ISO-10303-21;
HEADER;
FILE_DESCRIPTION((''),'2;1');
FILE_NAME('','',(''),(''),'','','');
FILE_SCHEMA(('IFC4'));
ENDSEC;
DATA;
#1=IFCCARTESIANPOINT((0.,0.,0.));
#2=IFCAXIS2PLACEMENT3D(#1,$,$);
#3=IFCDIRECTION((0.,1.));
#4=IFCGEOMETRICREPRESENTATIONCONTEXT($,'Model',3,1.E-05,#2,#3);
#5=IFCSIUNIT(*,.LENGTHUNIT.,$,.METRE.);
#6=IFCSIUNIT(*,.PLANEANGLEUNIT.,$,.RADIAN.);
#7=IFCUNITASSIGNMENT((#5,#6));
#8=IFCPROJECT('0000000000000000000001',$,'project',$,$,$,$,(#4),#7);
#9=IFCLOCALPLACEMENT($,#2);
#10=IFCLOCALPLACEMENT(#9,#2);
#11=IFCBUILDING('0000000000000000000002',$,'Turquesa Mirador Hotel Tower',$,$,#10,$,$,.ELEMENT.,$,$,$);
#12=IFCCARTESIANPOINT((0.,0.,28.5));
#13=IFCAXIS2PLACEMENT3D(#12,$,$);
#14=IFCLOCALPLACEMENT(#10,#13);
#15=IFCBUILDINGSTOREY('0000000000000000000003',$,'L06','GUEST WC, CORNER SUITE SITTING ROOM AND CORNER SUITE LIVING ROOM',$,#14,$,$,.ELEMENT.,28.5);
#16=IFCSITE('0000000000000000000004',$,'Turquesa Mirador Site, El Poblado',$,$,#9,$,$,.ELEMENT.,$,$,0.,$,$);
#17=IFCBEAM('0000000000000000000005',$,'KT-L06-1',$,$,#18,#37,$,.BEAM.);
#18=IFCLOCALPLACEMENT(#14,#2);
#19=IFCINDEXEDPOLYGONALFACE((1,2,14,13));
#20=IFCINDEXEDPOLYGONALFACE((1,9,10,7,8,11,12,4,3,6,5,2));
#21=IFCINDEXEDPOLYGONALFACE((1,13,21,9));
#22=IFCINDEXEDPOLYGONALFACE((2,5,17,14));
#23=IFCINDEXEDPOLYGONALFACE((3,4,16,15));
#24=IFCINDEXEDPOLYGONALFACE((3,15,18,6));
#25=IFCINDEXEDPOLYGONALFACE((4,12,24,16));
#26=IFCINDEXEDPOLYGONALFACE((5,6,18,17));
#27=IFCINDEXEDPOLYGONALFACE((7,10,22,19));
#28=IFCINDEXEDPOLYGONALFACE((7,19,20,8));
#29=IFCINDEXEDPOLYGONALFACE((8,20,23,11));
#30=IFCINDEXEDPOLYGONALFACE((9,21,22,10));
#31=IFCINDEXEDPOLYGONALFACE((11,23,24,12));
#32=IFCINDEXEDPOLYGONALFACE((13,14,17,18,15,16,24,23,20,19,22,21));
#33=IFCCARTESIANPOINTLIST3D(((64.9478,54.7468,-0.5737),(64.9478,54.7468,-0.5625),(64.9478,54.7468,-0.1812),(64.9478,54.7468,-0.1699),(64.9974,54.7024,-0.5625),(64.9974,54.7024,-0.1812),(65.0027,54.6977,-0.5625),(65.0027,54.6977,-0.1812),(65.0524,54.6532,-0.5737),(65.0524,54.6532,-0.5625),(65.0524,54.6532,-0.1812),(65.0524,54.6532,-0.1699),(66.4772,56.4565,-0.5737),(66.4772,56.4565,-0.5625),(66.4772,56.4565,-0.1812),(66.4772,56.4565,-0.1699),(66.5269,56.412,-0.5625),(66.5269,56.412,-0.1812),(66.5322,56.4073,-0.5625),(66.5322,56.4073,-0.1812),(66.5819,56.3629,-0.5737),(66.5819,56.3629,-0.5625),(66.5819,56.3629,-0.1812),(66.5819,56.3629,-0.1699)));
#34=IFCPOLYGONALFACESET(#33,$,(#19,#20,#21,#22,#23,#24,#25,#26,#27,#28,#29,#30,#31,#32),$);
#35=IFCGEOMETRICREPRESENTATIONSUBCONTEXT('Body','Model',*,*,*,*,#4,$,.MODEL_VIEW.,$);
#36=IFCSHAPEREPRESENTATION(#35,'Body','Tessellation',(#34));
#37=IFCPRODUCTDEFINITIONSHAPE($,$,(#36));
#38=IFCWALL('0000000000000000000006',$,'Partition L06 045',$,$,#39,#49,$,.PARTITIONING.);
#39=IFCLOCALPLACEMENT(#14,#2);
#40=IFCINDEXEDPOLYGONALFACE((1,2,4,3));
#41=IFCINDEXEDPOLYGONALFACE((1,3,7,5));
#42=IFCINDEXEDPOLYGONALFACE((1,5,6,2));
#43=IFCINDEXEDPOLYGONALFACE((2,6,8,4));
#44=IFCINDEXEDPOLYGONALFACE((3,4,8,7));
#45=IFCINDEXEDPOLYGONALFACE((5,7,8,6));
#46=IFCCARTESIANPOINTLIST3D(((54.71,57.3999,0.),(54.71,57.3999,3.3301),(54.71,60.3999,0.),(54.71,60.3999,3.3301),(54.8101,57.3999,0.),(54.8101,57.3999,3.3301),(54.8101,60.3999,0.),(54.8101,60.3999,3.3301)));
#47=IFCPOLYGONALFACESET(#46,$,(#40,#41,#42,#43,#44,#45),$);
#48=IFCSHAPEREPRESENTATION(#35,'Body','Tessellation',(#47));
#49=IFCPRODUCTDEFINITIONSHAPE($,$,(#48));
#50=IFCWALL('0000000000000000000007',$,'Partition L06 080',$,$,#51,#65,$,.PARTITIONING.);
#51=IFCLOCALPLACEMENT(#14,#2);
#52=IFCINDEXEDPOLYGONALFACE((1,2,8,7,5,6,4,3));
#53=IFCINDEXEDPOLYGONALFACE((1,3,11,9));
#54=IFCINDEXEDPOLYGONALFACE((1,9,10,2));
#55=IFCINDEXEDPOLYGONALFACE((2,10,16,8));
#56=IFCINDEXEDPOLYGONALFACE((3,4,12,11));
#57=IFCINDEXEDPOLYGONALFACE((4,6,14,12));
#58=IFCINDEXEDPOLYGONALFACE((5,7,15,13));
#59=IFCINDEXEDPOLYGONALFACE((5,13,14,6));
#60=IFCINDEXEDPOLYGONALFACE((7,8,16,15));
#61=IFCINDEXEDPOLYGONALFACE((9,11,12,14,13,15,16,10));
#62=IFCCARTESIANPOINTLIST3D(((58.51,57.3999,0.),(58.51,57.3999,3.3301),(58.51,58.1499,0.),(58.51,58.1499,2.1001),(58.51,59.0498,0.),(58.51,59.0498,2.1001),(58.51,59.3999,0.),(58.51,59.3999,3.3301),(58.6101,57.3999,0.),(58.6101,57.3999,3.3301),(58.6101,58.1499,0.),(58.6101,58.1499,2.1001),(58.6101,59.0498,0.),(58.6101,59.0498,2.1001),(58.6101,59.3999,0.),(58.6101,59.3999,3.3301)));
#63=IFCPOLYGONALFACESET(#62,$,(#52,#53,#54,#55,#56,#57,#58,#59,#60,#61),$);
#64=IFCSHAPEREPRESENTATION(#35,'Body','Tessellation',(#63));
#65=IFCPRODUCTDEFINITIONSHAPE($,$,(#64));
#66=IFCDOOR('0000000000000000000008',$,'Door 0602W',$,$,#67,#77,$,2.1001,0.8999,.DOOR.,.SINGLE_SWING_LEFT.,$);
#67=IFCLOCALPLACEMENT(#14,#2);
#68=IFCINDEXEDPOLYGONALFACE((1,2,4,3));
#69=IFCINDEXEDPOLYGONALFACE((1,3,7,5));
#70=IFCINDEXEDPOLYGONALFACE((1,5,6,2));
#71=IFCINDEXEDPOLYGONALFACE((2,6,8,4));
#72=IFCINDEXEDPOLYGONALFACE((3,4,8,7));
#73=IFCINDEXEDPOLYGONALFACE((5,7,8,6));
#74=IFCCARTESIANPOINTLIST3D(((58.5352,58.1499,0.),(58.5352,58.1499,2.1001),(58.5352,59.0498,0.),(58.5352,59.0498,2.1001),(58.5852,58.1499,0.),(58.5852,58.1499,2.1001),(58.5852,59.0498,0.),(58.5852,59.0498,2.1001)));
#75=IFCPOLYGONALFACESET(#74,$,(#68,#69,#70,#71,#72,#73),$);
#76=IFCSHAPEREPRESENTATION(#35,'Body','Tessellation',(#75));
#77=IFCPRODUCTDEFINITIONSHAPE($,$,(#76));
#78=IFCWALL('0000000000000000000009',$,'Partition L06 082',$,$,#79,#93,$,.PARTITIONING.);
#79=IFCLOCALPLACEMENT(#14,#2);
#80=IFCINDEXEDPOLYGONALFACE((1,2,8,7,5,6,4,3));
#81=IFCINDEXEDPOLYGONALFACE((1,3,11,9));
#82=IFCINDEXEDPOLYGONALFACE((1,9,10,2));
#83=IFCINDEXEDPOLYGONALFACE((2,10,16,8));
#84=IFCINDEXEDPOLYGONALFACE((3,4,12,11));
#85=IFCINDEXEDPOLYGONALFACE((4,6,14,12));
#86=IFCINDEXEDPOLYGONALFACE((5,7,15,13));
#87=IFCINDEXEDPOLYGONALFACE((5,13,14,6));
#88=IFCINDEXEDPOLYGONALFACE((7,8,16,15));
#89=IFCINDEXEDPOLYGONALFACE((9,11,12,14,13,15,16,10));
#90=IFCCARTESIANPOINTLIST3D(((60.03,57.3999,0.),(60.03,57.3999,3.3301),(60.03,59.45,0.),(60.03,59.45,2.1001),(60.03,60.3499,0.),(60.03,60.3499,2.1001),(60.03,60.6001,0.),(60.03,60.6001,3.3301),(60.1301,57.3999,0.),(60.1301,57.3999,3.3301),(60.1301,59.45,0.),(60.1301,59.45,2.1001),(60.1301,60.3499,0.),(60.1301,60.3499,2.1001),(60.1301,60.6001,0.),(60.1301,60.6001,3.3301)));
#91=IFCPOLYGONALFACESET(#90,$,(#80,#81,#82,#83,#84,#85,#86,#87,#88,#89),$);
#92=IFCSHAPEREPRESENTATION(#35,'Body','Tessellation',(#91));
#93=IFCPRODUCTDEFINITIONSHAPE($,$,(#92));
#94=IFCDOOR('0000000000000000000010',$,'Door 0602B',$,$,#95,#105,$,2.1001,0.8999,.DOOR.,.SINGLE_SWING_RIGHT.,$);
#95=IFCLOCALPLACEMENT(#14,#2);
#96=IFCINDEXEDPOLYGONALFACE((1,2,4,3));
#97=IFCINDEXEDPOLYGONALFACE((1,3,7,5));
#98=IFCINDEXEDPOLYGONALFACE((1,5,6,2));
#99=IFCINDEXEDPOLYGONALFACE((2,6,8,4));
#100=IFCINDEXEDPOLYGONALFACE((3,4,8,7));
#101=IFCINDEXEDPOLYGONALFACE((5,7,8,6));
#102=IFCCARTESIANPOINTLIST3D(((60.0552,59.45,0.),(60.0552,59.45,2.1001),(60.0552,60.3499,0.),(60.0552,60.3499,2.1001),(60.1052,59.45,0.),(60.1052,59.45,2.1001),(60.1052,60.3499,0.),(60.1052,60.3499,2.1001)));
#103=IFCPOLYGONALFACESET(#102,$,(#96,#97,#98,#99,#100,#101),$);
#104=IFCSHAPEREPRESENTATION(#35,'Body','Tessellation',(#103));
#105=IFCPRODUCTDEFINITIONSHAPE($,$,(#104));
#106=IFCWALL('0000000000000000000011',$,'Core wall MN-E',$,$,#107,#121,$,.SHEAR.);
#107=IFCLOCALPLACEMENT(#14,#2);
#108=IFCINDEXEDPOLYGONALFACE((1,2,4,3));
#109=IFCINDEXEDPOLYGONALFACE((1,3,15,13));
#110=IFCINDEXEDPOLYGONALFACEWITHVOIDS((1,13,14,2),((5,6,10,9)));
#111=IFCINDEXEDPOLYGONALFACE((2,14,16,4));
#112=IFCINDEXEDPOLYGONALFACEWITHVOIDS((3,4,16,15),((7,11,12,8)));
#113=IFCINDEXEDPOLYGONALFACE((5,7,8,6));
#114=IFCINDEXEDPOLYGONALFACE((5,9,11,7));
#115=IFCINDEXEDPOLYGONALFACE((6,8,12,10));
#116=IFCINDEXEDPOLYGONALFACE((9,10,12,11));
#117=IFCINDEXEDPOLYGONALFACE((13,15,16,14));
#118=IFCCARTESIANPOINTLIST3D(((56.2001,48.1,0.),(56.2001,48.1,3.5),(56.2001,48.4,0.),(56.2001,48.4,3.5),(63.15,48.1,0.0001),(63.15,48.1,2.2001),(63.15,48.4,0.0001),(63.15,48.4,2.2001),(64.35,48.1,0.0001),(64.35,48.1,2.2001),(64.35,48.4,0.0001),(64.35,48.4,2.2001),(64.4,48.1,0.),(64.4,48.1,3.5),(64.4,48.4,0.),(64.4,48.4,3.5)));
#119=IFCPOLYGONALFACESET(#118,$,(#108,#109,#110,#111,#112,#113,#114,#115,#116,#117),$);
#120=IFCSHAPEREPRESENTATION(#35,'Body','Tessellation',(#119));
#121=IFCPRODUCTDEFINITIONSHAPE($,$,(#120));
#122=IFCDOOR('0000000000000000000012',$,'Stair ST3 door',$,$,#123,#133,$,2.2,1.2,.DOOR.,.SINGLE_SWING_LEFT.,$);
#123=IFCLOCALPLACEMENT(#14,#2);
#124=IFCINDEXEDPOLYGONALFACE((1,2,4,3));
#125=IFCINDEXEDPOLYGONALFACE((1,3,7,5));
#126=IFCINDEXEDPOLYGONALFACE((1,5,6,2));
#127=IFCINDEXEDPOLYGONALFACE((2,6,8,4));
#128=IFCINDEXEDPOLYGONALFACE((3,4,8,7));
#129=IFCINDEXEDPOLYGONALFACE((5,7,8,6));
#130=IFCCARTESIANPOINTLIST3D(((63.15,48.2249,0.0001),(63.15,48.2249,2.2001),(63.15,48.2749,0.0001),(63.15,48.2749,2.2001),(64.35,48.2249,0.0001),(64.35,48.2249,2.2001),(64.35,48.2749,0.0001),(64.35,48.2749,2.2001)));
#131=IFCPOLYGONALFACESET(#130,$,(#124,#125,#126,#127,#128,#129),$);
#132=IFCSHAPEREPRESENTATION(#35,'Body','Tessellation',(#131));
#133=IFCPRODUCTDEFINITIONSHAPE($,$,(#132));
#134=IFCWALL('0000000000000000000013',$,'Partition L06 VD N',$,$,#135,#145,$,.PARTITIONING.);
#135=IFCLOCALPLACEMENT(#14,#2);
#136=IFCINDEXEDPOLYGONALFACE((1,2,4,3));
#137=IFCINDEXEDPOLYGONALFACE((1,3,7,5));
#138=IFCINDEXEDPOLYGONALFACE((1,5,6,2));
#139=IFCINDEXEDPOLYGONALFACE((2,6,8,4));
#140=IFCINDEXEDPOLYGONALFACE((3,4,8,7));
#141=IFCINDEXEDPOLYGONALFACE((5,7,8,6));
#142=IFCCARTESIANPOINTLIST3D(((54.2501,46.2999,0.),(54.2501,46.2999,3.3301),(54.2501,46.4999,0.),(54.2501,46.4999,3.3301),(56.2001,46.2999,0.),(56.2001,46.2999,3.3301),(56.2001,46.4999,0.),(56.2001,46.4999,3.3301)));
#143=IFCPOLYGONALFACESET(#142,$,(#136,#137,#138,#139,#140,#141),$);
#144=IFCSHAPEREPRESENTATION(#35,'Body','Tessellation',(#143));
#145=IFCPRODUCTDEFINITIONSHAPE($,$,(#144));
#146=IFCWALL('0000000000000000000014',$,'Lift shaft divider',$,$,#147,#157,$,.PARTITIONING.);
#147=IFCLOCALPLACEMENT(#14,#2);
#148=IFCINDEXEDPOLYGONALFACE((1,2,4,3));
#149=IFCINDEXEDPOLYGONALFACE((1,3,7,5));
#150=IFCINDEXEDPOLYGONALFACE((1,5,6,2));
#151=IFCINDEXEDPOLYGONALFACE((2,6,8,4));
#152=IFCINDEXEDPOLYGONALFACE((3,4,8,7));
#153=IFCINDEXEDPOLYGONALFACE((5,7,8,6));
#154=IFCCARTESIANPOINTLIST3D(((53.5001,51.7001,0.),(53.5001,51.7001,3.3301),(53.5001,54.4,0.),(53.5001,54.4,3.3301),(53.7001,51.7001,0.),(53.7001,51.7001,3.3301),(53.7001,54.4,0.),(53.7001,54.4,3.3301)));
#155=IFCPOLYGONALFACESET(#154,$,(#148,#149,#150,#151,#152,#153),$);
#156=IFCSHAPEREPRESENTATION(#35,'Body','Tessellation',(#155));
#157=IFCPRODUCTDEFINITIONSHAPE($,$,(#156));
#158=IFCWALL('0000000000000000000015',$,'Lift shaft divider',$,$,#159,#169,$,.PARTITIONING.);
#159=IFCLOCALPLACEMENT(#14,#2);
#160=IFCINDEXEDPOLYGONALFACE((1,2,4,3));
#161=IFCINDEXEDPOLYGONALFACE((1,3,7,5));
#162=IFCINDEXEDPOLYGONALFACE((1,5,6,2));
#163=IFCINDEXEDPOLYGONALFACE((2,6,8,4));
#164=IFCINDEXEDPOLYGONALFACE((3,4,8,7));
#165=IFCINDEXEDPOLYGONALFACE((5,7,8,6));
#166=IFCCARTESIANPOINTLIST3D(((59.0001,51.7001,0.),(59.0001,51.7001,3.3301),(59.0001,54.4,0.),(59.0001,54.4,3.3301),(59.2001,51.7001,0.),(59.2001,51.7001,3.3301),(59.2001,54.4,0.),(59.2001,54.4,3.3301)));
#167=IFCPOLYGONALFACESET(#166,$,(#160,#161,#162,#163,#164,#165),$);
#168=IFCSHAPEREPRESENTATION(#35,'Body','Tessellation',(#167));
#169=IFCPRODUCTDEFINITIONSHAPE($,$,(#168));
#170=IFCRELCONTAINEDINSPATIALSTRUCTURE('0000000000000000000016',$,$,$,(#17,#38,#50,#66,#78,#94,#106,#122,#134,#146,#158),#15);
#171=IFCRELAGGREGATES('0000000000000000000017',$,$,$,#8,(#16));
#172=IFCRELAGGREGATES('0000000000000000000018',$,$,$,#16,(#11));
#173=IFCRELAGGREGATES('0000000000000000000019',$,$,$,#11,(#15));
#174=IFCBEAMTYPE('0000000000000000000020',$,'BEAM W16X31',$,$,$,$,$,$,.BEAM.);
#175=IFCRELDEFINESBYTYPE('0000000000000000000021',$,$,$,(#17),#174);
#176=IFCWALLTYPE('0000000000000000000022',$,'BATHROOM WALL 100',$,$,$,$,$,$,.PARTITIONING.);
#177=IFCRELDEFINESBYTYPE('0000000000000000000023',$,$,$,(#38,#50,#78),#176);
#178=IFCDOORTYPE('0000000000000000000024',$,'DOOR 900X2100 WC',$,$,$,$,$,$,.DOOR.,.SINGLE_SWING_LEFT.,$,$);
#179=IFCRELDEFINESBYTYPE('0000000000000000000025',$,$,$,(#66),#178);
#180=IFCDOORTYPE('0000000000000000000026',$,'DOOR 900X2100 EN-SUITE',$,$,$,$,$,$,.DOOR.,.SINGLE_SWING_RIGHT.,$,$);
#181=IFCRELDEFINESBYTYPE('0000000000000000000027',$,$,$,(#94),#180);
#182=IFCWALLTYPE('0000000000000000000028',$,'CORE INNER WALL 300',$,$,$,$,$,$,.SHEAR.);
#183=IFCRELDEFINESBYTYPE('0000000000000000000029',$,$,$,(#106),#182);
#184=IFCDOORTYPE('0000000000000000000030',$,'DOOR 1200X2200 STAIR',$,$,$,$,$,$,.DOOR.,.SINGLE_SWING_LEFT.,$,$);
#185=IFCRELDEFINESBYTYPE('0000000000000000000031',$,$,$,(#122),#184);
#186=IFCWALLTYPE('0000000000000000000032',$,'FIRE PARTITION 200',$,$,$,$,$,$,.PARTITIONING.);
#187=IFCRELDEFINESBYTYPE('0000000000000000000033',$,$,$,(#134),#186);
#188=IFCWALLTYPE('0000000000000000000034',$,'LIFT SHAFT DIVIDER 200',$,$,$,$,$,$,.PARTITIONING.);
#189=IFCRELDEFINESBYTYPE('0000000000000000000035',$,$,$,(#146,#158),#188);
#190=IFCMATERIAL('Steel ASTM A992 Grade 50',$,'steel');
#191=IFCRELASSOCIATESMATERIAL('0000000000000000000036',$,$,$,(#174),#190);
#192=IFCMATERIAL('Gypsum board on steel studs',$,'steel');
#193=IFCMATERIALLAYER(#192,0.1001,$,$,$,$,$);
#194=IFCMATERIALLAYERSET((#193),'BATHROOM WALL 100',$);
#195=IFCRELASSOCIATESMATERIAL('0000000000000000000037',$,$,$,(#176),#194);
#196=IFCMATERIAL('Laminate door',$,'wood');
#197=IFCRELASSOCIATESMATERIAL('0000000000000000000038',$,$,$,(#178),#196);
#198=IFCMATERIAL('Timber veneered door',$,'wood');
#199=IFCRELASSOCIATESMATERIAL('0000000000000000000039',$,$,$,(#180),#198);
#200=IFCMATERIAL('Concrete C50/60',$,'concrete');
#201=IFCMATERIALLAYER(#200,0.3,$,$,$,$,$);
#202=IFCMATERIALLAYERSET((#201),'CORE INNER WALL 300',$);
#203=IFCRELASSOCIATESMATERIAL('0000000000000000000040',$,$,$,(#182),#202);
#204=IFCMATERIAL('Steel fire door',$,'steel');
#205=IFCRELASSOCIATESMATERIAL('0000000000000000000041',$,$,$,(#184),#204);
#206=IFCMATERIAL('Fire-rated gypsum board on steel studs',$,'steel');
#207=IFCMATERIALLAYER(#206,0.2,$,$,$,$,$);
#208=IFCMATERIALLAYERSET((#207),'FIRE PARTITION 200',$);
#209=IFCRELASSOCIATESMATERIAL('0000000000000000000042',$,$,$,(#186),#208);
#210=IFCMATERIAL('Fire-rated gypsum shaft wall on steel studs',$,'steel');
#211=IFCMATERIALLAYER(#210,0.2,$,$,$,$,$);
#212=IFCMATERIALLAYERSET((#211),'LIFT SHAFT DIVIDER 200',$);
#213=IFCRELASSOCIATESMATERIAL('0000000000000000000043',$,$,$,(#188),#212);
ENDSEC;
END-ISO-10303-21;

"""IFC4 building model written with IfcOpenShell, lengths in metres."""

from ifc_helpers import new_model, si_unit, direction, frame, frame_2d, origin, origin_2d, place, context, subcontext, project, spatial, rectangle, i_section, extrude, material, layer, layer_set, material_profile, profile_set, type_object, element, fill, save


model = new_model("IFC4")

# Units and contexts
model_context = context("Model", 3, precision=1e-05, world=origin(), true_north=direction((0.0, 1.0)))
body_context = subcontext(model_context, "Body", "Model", "MODEL_VIEW")
ifc_project = project(units=[si_unit("LENGTHUNIT", "METRE"), si_unit("PLANEANGLEUNIT", "RADIAN")], contexts=[model_context])

# Site, building, storey
site_placement = place(None, origin())
site = spatial("IfcSite", under=ifc_project, at=site_placement, Name="Turquesa Mirador Site, El Poblado", CompositionType="ELEMENT", RefElevation=0.0)
building_placement = place(site_placement, origin())
building = spatial("IfcBuilding", under=site, at=building_placement, Name="Turquesa Mirador Hotel Tower", CompositionType="ELEMENT")
storey_placement = place(building_placement, frame((0.0, 0.0, 28.5)))
storey = spatial("IfcBuildingStorey", under=building, at=storey_placement, Name="L06", Description="GUEST WC, CORNER SUITE SITTING ROOM AND CORNER SUITE LIVING ROOM", CompositionType="ELEMENT", Elevation=28.5)

# Beam
ifc_material_1 = material(Name="Steel ASTM A992 Grade 50", Category="steel")
ifc_material_profile = material_profile(ifc_material_1, i_section(OverallWidth=0.1404, OverallDepth=0.4038, WebThickness=0.0071, FlangeThickness=0.0112, at=origin_2d()), Name="W16X31")
ifc_profile_set = profile_set([ifc_material_profile], Name="Steel ASTM A992 Grade 50")
beam_type = type_object("IfcBeamType", Name="BEAM W16X31", PredefinedType="BEAM", material=ifc_profile_set)
beam_placement = place(storey_placement, frame((66.5295, 56.4097, -0.3718), z_axis=(-0.666745, -0.745286, 0.0), x_axis=(0.745286, -0.666745, 0.0)))
element("IfcBeam", 1, at=beam_placement, inside=storey, type_object=beam_type, Name="KT-L06-1", PredefinedType="BEAM", context=body_context, shape_type="SweptSolid", body=[
    extrude(i_section(OverallWidth=0.1404, OverallDepth=0.4038, WebThickness=0.0071, FlangeThickness=0.0112, at=origin_2d()), origin(), (0.0, 0.0, 1.0), 2.2939),
])

# Wall
ifc_material_2 = material(Name="Gypsum board on steel studs", Category="steel")
ifc_layer_1 = layer(ifc_material_2, 0.1001)
ifc_layer_set_1 = layer_set([ifc_layer_1], Name="BATHROOM WALL 100")
wall_type_1 = type_object("IfcWallType", Name="BATHROOM WALL 100", PredefinedType="PARTITIONING", material=ifc_layer_set_1)
wall_1_placement = place(storey_placement, frame((54.76, 57.3999, 0.0), z_axis=(0.0, 0.0, 1.0), x_axis=(0.0, 1.0, 0.0)))
element("IfcWall", 2, at=wall_1_placement, inside=storey, type_object=wall_type_1, Name="Partition L06 045", PredefinedType="PARTITIONING", context=body_context, shape_type="SweptSolid", body=[
    extrude(rectangle(XDim=3.0, YDim=0.1001, at=frame_2d((1.5, 0.0))), origin(), (0.0, 0.0, 1.0), 3.3301),
])

# Walls, openings, doors
wall_2_placement = place(storey_placement, frame((58.5601, 57.3999, 0.0), z_axis=(0.0, 0.0, 1.0), x_axis=(0.0, 1.0, 0.0)))
wall_2 = element("IfcWall", 3, at=wall_2_placement, inside=storey, type_object=wall_type_1, Name="Partition L06 080", PredefinedType="PARTITIONING", context=body_context, shape_type="SweptSolid", body=[
    extrude(rectangle(XDim=2.0, YDim=0.1001, at=frame_2d((1.0, 0.0))), origin(), (0.0, 0.0, 1.0), 3.3301),
])
opening_1_placement = place(wall_2_placement, frame((0.75, 0.0, 0.0)))
opening_1 = element("IfcOpeningElement", 4, at=opening_1_placement, cuts=wall_2, PredefinedType="OPENING", context=body_context, shape_type="SweptSolid", body=[
    extrude(rectangle(XDim=0.8999, YDim=2.1001, at=frame_2d((0.45, 1.05))), frame((0.0, 0.0601, 0.0), z_axis=(0.0, -1.0, 0.0), x_axis=(1.0, 0.0, 0.0)), (0.0, 0.0, 1.0), 0.1201),
])
ifc_material_3 = material(Name="Laminate door", Category="wood")
door_type_1 = type_object("IfcDoorType", Name="DOOR 900X2100 WC", OperationType="SINGLE_SWING_LEFT", PredefinedType="DOOR", material=ifc_material_3)
door_1_placement = place(opening_1_placement, origin())
door_1 = element("IfcDoor", 5, at=door_1_placement, inside=storey, type_object=door_type_1, Name="Door 0602W", OperationType="SINGLE_SWING_LEFT", OverallHeight=2.1001, OverallWidth=0.8999, PredefinedType="DOOR", context=body_context, shape_type="SweptSolid", body=[
    extrude(rectangle(XDim=0.8999, YDim=2.1001, at=frame_2d((0.45, 1.05))), frame((0.0, 0.0249, 0.0), z_axis=(0.0, -1.0, 0.0), x_axis=(1.0, 0.0, 0.0)), (0.0, 0.0, 1.0), 0.05),
])
fill(opening_1, door_1)
wall_3_placement = place(storey_placement, frame((60.0801, 57.3999, 0.0), z_axis=(0.0, 0.0, 1.0), x_axis=(0.0, 1.0, 0.0)))
wall_3 = element("IfcWall", 6, at=wall_3_placement, inside=storey, type_object=wall_type_1, Name="Partition L06 082", PredefinedType="PARTITIONING", context=body_context, shape_type="SweptSolid", body=[
    extrude(rectangle(XDim=3.2002, YDim=0.1001, at=frame_2d((1.6001, 0.0))), origin(), (0.0, 0.0, 1.0), 3.3301),
])
opening_2_placement = place(wall_3_placement, frame((2.05, 0.0, 0.0)))
opening_2 = element("IfcOpeningElement", 7, at=opening_2_placement, cuts=wall_3, PredefinedType="OPENING", context=body_context, shape_type="SweptSolid", body=[
    extrude(rectangle(XDim=0.8999, YDim=2.1001, at=frame_2d((0.45, 1.05))), frame((0.0, 0.0601, 0.0), z_axis=(0.0, -1.0, 0.0), x_axis=(1.0, 0.0, 0.0)), (0.0, 0.0, 1.0), 0.1201),
])
ifc_material_4 = material(Name="Timber veneered door", Category="wood")
door_type_2 = type_object("IfcDoorType", Name="DOOR 900X2100 EN-SUITE", OperationType="SINGLE_SWING_RIGHT", PredefinedType="DOOR", material=ifc_material_4)
door_2_placement = place(opening_2_placement, origin())
door_2 = element("IfcDoor", 8, at=door_2_placement, inside=storey, type_object=door_type_2, Name="Door 0602B", OperationType="SINGLE_SWING_RIGHT", OverallHeight=2.1001, OverallWidth=0.8999, PredefinedType="DOOR", context=body_context, shape_type="SweptSolid", body=[
    extrude(rectangle(XDim=0.8999, YDim=2.1001, at=frame_2d((0.45, 1.05))), frame((0.0, 0.0249, 0.0), z_axis=(0.0, -1.0, 0.0), x_axis=(1.0, 0.0, 0.0)), (0.0, 0.0, 1.0), 0.05),
])
fill(opening_2, door_2)
ifc_material_5 = material(Name="Concrete C50/60", Category="concrete")
ifc_layer_2 = layer(ifc_material_5, 0.3)
ifc_layer_set_2 = layer_set([ifc_layer_2], Name="CORE INNER WALL 300")
wall_type_2 = type_object("IfcWallType", Name="CORE INNER WALL 300", PredefinedType="SHEAR", material=ifc_layer_set_2)
wall_4_placement = place(storey_placement, frame((56.2, 48.25, 0.0), z_axis=(0.0, 0.0, 1.0), x_axis=(1.0, 0.0, 0.0)))
wall_4 = element("IfcWall", 9, at=wall_4_placement, inside=storey, type_object=wall_type_2, Name="Core wall MN-E", PredefinedType="SHEAR", context=body_context, shape_type="SweptSolid", body=[
    extrude(rectangle(XDim=8.2, YDim=0.3, at=frame_2d((4.1001, 0.0))), origin(), (0.0, 0.0, 1.0), 3.5),
])
opening_3_placement = place(wall_4_placement, frame((6.95, 0.0, 0.0)))
opening_3 = element("IfcOpeningElement", 10, at=opening_3_placement, cuts=wall_4, PredefinedType="OPENING", context=body_context, shape_type="SweptSolid", body=[
    extrude(rectangle(XDim=1.2, YDim=2.2, at=frame_2d((0.6001, 1.1001))), frame((0.0, 0.1599, 0.0), z_axis=(0.0, -1.0, 0.0), x_axis=(1.0, 0.0, 0.0)), (0.0, 0.0, 1.0), 0.3201),
])
ifc_material_6 = material(Name="Steel fire door", Category="steel")
door_type_3 = type_object("IfcDoorType", Name="DOOR 1200X2200 STAIR", OperationType="SINGLE_SWING_LEFT", PredefinedType="DOOR", material=ifc_material_6)
door_3_placement = place(opening_3_placement, origin())
door_3 = element("IfcDoor", 11, at=door_3_placement, inside=storey, type_object=door_type_3, Name="Stair ST3 door", OperationType="SINGLE_SWING_LEFT", OverallHeight=2.2, OverallWidth=1.2, PredefinedType="DOOR", context=body_context, shape_type="SweptSolid", body=[
    extrude(rectangle(XDim=1.2, YDim=2.2, at=frame_2d((0.6001, 1.1001))), frame((0.0, 0.0249, 0.0), z_axis=(0.0, -1.0, 0.0), x_axis=(1.0, 0.0, 0.0)), (0.0, 0.0, 1.0), 0.05),
])
fill(opening_3, door_3)

# Walls
ifc_material_7 = material(Name="Fire-rated gypsum board on steel studs", Category="steel")
ifc_layer_3 = layer(ifc_material_7, 0.2)
ifc_layer_set_3 = layer_set([ifc_layer_3], Name="FIRE PARTITION 200")
wall_type_3 = type_object("IfcWallType", Name="FIRE PARTITION 200", PredefinedType="PARTITIONING", material=ifc_layer_set_3)
wall_5_placement = place(storey_placement, frame((54.25, 46.3999, 0.0), z_axis=(0.0, 0.0, 1.0), x_axis=(1.0, 0.0, 0.0)))
element("IfcWall", 12, at=wall_5_placement, inside=storey, type_object=wall_type_3, Name="Partition L06 VD N", PredefinedType="PARTITIONING", context=body_context, shape_type="SweptSolid", body=[
    extrude(rectangle(XDim=1.95, YDim=0.2, at=frame_2d((0.9751, 0.0))), origin(), (0.0, 0.0, 1.0), 3.3301),
])
ifc_material_8 = material(Name="Fire-rated gypsum shaft wall on steel studs", Category="steel")
ifc_layer_4 = layer(ifc_material_8, 0.2)
ifc_layer_set_4 = layer_set([ifc_layer_4], Name="LIFT SHAFT DIVIDER 200")
wall_type_4 = type_object("IfcWallType", Name="LIFT SHAFT DIVIDER 200", PredefinedType="PARTITIONING", material=ifc_layer_set_4)
for number, where, z_axis, x_axis, name in (
    (13, (53.6001, 51.7, 0.0), (0.0, 0.0, 1.0), (0.0, 1.0, 0.0), "Lift shaft divider"),
    (14, (59.1001, 51.7, 0.0), (0.0, 0.0, 1.0), (0.0, 1.0, 0.0), "Lift shaft divider"),
):
    element("IfcWall", number, at=place(storey_placement, frame(where, z_axis=z_axis, x_axis=x_axis)), inside=storey, type_object=wall_type_4, Name=name, PredefinedType="PARTITIONING", context=body_context, shape_type="SweptSolid", body=[
        extrude(rectangle(XDim=2.7, YDim=0.2, at=frame_2d((1.3501, 0.0))), origin(), (0.0, 0.0, 1.0), 3.3301),
    ])

save(model, "model.ifc")
